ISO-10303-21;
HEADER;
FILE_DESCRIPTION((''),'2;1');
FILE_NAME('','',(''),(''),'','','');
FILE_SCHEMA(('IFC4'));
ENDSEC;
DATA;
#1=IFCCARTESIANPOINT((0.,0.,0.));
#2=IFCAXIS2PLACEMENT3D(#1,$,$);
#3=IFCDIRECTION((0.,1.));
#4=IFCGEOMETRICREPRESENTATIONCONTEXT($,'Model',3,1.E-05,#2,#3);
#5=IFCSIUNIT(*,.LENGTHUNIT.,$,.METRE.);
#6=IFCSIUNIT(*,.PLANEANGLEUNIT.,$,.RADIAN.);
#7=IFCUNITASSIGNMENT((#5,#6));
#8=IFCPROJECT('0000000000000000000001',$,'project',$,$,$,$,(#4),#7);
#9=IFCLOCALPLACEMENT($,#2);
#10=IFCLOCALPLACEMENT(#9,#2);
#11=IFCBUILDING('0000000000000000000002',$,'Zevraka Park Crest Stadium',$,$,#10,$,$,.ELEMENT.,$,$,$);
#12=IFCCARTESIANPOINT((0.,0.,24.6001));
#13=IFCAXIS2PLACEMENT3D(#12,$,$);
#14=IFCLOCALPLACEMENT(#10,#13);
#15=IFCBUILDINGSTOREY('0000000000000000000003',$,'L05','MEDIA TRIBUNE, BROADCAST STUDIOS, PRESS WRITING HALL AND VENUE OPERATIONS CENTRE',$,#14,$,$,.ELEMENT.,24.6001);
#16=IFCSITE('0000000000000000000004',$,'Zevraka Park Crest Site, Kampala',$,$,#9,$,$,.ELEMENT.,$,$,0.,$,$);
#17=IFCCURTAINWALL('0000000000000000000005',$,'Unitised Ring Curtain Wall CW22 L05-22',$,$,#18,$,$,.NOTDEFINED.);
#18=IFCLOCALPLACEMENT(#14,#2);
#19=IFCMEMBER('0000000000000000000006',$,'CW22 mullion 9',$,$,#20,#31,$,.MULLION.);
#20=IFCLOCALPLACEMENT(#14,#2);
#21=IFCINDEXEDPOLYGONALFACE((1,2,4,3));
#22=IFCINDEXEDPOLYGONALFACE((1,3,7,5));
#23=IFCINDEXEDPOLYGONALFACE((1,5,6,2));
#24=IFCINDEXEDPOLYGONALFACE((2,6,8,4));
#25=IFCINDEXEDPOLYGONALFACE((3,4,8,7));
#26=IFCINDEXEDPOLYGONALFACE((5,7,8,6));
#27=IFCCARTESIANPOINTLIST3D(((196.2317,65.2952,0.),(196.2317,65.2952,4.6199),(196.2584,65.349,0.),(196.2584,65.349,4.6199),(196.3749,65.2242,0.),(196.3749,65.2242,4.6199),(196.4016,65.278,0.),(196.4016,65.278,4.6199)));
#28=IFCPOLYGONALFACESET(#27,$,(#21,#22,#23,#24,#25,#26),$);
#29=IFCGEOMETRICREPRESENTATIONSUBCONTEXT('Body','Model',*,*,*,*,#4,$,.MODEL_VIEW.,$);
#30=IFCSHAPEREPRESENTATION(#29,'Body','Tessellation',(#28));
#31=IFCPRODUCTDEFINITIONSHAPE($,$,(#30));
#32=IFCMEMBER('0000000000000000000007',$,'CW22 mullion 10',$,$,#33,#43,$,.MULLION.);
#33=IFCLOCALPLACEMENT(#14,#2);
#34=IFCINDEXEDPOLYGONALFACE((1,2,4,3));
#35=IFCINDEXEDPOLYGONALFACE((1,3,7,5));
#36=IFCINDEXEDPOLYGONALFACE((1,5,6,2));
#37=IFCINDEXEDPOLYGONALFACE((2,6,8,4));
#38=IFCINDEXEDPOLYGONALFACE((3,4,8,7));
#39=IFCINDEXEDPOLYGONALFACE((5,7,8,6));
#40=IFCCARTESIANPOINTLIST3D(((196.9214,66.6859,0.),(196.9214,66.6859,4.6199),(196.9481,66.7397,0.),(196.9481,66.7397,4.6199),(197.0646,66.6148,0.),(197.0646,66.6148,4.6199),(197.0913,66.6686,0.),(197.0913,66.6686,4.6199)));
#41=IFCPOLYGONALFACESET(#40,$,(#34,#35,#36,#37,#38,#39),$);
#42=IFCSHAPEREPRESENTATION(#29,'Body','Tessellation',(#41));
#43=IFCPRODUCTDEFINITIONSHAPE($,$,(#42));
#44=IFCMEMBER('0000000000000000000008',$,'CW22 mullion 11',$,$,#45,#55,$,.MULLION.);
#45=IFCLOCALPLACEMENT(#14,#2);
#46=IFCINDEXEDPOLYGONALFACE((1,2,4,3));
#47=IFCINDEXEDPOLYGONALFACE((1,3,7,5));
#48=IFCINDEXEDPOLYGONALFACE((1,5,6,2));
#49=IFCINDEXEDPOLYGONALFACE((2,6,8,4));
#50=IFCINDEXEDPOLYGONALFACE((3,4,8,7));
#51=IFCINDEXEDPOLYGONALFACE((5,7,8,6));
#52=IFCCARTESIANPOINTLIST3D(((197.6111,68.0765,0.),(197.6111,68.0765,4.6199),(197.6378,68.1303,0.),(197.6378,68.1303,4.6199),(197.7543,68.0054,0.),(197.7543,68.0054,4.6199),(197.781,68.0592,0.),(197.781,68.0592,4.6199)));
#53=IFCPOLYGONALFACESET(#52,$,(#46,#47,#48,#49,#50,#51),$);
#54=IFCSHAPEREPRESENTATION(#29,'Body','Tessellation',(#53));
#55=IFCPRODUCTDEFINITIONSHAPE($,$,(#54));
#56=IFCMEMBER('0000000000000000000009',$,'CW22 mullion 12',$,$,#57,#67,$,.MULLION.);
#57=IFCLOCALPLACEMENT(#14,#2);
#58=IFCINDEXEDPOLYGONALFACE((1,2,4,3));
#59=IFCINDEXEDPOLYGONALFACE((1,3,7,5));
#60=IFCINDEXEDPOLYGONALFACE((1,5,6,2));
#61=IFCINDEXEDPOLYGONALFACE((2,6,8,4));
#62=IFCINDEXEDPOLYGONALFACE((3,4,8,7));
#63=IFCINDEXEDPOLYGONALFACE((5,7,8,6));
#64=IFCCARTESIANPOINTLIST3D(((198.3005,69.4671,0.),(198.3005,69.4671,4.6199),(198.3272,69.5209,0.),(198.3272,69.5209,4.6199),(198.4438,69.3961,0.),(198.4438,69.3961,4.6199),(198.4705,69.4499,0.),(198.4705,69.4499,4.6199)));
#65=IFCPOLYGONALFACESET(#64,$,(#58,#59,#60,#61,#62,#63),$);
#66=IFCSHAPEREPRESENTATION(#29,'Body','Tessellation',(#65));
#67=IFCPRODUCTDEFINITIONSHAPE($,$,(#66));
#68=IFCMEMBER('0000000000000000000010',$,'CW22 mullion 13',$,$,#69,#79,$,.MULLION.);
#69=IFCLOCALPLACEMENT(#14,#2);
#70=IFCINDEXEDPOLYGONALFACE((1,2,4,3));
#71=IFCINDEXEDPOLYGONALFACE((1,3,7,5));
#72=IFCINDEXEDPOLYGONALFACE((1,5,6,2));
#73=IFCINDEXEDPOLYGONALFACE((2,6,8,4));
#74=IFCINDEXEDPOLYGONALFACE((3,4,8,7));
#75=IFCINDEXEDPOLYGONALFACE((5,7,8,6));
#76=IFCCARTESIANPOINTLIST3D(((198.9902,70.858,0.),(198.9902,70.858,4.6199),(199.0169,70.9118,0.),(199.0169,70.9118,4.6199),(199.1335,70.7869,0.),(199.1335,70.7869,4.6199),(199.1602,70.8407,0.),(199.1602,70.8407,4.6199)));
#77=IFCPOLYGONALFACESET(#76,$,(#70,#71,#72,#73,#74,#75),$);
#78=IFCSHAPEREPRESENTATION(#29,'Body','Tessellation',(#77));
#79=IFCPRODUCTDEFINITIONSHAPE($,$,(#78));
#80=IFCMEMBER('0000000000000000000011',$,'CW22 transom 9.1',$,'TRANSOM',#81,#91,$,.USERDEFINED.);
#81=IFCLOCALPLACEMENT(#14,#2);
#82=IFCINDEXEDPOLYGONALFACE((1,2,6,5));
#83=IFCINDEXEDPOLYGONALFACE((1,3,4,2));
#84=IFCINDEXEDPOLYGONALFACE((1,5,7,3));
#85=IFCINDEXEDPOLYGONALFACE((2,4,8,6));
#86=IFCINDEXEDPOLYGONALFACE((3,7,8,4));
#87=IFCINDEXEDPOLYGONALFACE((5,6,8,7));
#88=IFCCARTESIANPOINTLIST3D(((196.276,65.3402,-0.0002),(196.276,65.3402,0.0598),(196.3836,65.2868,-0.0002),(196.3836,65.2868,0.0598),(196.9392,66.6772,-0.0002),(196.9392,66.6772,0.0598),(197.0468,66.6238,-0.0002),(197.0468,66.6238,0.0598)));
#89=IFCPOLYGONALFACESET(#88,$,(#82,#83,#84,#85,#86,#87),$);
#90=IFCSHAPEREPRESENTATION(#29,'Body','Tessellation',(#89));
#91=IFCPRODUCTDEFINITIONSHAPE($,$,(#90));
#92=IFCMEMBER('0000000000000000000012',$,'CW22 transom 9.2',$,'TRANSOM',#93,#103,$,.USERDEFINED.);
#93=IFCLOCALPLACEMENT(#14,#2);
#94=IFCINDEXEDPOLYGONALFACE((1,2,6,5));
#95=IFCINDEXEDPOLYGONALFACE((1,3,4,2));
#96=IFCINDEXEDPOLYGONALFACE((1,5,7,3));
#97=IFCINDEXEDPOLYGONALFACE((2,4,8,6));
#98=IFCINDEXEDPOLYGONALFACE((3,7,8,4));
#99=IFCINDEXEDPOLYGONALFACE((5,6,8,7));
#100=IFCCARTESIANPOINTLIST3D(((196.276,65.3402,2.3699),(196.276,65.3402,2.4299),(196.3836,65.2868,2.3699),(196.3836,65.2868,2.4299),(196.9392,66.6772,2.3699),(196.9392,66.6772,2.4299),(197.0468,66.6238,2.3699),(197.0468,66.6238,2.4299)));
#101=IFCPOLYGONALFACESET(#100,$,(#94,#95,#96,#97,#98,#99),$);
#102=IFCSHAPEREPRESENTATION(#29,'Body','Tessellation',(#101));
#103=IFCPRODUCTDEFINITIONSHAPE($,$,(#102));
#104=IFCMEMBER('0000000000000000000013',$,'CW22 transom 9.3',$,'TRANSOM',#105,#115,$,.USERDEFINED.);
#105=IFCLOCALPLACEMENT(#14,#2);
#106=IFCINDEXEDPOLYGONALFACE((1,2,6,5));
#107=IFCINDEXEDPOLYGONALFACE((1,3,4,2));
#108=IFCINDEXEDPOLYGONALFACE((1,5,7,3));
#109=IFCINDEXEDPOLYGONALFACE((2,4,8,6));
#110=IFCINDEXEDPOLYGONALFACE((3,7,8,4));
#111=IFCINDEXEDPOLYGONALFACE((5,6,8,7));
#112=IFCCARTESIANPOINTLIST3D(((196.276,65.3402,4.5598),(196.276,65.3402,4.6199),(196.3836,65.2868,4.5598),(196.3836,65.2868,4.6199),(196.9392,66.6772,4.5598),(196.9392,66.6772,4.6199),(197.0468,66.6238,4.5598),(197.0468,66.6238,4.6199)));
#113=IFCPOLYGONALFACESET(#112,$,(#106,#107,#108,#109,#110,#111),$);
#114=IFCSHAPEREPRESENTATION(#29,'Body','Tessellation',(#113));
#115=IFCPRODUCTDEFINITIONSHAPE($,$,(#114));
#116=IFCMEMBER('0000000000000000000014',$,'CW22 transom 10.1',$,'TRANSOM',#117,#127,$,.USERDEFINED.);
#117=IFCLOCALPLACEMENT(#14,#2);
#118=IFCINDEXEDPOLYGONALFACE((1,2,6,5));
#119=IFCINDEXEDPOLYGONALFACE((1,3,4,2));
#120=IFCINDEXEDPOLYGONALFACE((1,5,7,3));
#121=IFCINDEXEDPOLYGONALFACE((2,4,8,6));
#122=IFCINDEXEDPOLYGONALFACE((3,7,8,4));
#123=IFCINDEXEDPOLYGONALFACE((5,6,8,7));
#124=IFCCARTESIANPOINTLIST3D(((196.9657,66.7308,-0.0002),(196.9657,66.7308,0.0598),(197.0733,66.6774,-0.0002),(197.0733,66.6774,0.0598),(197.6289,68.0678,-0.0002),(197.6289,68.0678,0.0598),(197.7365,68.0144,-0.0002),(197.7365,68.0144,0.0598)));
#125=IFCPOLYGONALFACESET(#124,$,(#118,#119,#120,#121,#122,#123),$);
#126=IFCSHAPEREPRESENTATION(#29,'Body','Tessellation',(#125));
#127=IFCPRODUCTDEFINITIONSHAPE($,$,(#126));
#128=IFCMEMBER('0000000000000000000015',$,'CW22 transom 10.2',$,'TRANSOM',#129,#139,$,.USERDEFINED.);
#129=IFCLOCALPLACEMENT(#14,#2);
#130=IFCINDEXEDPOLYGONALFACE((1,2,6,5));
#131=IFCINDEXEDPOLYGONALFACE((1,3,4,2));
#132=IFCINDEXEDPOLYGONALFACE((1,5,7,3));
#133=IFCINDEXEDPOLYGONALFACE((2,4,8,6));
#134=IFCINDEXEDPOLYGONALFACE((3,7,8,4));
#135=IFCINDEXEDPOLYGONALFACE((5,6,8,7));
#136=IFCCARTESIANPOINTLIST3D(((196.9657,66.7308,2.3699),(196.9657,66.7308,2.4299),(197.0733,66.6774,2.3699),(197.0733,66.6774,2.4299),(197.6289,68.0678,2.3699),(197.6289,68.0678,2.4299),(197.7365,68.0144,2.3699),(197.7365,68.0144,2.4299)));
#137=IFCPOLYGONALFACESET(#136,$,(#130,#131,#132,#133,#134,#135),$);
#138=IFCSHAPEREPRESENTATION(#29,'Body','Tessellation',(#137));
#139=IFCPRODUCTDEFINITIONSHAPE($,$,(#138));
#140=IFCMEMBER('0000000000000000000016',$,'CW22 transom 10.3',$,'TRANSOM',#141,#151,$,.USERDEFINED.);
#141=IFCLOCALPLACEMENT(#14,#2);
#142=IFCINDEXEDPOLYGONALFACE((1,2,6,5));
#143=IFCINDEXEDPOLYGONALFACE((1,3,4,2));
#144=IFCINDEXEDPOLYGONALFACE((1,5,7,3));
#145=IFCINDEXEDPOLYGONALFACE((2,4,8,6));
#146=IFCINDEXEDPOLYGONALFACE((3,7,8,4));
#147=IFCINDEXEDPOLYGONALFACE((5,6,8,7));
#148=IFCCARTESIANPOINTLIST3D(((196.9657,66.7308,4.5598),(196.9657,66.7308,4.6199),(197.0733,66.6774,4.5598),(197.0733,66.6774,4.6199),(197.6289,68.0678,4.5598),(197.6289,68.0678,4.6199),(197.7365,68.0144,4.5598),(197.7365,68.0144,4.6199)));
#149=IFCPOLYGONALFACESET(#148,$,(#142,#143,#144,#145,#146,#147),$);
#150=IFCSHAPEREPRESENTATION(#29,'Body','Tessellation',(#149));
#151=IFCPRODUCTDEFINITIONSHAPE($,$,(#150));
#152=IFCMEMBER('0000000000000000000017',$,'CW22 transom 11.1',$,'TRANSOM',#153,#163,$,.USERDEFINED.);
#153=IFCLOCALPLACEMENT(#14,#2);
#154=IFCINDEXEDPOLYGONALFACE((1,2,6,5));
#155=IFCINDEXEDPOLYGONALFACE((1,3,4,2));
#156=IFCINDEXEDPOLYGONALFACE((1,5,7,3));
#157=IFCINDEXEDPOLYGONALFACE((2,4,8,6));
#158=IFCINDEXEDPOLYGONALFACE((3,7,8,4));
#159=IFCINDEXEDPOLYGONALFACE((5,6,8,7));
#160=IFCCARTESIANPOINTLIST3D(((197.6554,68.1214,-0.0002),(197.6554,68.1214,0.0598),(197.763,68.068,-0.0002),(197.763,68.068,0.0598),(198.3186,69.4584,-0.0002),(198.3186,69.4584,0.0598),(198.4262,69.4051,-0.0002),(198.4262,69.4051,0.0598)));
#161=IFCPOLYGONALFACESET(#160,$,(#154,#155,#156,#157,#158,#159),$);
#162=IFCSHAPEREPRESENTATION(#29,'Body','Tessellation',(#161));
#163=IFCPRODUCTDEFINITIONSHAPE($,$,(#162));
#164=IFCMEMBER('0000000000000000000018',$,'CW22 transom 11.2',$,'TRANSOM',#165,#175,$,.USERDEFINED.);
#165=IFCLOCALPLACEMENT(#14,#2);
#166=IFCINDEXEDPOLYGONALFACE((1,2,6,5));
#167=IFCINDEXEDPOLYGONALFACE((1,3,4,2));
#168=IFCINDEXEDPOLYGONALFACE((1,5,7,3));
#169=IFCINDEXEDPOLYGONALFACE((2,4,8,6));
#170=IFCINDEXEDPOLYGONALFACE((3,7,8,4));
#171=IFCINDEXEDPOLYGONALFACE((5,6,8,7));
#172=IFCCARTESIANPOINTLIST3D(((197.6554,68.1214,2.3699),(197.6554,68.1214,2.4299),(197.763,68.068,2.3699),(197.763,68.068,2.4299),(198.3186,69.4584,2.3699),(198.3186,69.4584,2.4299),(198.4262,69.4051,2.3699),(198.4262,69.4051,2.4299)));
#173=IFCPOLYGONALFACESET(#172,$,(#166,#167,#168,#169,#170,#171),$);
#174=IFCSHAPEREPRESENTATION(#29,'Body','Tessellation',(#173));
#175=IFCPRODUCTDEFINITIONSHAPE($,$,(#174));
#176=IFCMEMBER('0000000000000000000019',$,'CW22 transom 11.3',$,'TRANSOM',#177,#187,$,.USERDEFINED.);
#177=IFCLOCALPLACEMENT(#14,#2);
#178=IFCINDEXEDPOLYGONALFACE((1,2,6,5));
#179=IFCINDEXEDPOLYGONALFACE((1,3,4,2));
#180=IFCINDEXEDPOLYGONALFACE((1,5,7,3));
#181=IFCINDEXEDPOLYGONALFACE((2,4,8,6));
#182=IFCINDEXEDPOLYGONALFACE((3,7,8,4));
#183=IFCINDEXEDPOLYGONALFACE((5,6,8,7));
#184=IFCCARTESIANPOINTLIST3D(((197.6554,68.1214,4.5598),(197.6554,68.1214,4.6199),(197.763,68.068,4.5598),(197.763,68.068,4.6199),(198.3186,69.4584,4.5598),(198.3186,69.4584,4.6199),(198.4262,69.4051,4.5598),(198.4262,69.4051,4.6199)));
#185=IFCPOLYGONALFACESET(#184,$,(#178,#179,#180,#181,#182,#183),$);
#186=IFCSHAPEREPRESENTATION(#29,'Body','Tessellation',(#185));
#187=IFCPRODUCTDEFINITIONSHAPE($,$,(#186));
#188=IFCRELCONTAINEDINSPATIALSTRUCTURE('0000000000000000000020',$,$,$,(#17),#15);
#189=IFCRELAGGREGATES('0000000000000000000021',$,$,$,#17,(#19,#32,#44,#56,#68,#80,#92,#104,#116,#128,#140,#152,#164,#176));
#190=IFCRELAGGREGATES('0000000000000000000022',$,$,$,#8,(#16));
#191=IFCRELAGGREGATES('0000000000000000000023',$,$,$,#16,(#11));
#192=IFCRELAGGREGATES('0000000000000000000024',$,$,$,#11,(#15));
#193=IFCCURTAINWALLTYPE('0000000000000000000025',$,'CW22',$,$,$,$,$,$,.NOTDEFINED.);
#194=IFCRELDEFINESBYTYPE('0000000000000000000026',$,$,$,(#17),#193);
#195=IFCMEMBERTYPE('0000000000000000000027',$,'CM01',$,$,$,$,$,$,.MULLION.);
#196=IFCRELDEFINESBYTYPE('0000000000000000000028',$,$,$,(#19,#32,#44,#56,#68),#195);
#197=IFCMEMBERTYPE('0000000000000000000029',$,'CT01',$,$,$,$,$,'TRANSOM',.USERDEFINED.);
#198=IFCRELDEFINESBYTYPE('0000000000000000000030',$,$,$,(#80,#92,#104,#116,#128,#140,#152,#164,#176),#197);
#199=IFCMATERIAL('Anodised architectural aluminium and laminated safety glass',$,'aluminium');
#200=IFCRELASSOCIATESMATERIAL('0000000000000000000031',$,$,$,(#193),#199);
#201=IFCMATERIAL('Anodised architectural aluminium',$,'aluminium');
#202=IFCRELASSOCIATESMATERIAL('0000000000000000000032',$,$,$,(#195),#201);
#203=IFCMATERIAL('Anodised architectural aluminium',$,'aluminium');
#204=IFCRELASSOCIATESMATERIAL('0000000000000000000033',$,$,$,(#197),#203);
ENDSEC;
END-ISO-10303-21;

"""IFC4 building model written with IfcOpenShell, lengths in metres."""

from ifc_helpers import new_model, si_unit, direction, frame, origin, origin_2d, place, context, subcontext, project, spatial, rectangle, extrude, material, material_profile, profile_set, type_object, element, aggregate, save


model = new_model("IFC4")

# Units and contexts
model_context = context("Model", 3, precision=1e-05, world=origin(), true_north=direction((0.0, 1.0)))
body_context = subcontext(model_context, "Body", "Model", "MODEL_VIEW")
ifc_project = project(units=[si_unit("LENGTHUNIT", "METRE"), si_unit("PLANEANGLEUNIT", "RADIAN")], contexts=[model_context])

# Site, building, storey
site_placement = place(None, origin())
site = spatial("IfcSite", under=ifc_project, at=site_placement, Name="Zevraka Park Crest Site, Kampala", CompositionType="ELEMENT", RefElevation=0.0)
building_placement = place(site_placement, origin())
building = spatial("IfcBuilding", under=site, at=building_placement, Name="Zevraka Park Crest Stadium", CompositionType="ELEMENT")
storey_placement = place(building_placement, frame((0.0, 0.0, 24.6001)))
storey = spatial("IfcBuildingStorey", under=building, at=storey_placement, Name="L05", Description="MEDIA TRIBUNE, BROADCAST STUDIOS, PRESS WRITING HALL AND VENUE OPERATIONS CENTRE", CompositionType="ELEMENT", Elevation=24.6001)

# Curtain wall, members
ifc_material_1 = material(Name="Anodised architectural aluminium and laminated safety glass", Category="aluminium")
curtain_wall_type = type_object("IfcCurtainWallType", Name="CW22", PredefinedType="NOTDEFINED", material=ifc_material_1)
curtain_wall_placement = place(storey_placement, origin())
curtain_wall = element("IfcCurtainWall", 1, at=curtain_wall_placement, inside=storey, type_object=curtain_wall_type, Name="Unitised Ring Curtain Wall CW22 L05-22", PredefinedType="NOTDEFINED")
ifc_material_2 = material(Name="Anodised architectural aluminium", Category="aluminium")
ifc_material_profile_1 = material_profile(ifc_material_2, rectangle(XDim=0.1599, YDim=0.0601, at=origin_2d()), Name="ALU MULLION 160x60")
ifc_profile_set_1 = profile_set([ifc_material_profile_1], Name="Anodised architectural aluminium")
member_type_1 = type_object("IfcMemberType", Name="CM01", PredefinedType="MULLION", material=ifc_profile_set_1)
member_1_placement = place(storey_placement, frame((196.3167, 65.2866, 0.0), z_axis=(0.0, 0.0, 1.0), x_axis=(-0.895879, 0.444297, 0.0)))
member_1 = element("IfcMember", 2, at=member_1_placement, type_object=member_type_1, Name="CW22 mullion 9", PredefinedType="MULLION", context=body_context, shape_type="SweptSolid", body=[
    extrude(rectangle(XDim=0.1599, YDim=0.0601, at=origin_2d()), origin(), (0.0, 0.0, 1.0), 4.6199),
])
member_2_placement = place(storey_placement, frame((197.0063, 66.6772, 0.0), z_axis=(0.0, 0.0, 1.0), x_axis=(-0.895879, 0.444297, 0.0)))
member_2 = element("IfcMember", 3, at=member_2_placement, type_object=member_type_1, Name="CW22 mullion 10", PredefinedType="MULLION", context=body_context, shape_type="SweptSolid", body=[
    extrude(rectangle(XDim=0.1599, YDim=0.0601, at=origin_2d()), origin(), (0.0, 0.0, 1.0), 4.6199),
])
member_3_placement = place(storey_placement, frame((197.696, 68.0679, 0.0), z_axis=(0.0, 0.0, 1.0), x_axis=(-0.895879, 0.444297, 0.0)))
member_3 = element("IfcMember", 4, at=member_3_placement, type_object=member_type_1, Name="CW22 mullion 11", PredefinedType="MULLION", context=body_context, shape_type="SweptSolid", body=[
    extrude(rectangle(XDim=0.1599, YDim=0.0601, at=origin_2d()), origin(), (0.0, 0.0, 1.0), 4.6199),
])
member_4_placement = place(storey_placement, frame((198.3855, 69.4585, 0.0), z_axis=(0.0, 0.0, 1.0), x_axis=(-0.895879, 0.444297, 0.0)))
member_4 = element("IfcMember", 5, at=member_4_placement, type_object=member_type_1, Name="CW22 mullion 12", PredefinedType="MULLION", context=body_context, shape_type="SweptSolid", body=[
    extrude(rectangle(XDim=0.1599, YDim=0.0601, at=origin_2d()), origin(), (0.0, 0.0, 1.0), 4.6199),
])
member_5_placement = place(storey_placement, frame((199.0752, 70.8494, 0.0), z_axis=(0.0, 0.0, 1.0), x_axis=(-0.895879, 0.444297, 0.0)))
member_5 = element("IfcMember", 6, at=member_5_placement, type_object=member_type_1, Name="CW22 mullion 13", PredefinedType="MULLION", context=body_context, shape_type="SweptSolid", body=[
    extrude(rectangle(XDim=0.1599, YDim=0.0601, at=origin_2d()), origin(), (0.0, 0.0, 1.0), 4.6199),
])
ifc_material_3 = material(Name="Anodised architectural aluminium", Category="aluminium")
ifc_material_profile_2 = material_profile(ifc_material_3, rectangle(XDim=0.1201, YDim=0.0601, at=origin_2d()), Name="ALU TRANSOM 120x60")
ifc_profile_set_2 = profile_set([ifc_material_profile_2], Name="Anodised architectural aluminium")
member_type_2 = type_object("IfcMemberType", Name="CT01", ElementType="TRANSOM", PredefinedType="USERDEFINED", material=ifc_profile_set_2)
member_6_placement = place(storey_placement, frame((196.3298, 65.3135, 0.0298), z_axis=(0.444332, 0.895862, 0.0), x_axis=(-0.895862, 0.444332, 0.0)))
member_6 = element("IfcMember", 7, at=member_6_placement, type_object=member_type_2, Name="CW22 transom 9.1", ObjectType="TRANSOM", PredefinedType="USERDEFINED", context=body_context, shape_type="SweptSolid", body=[
    extrude(rectangle(XDim=0.1201, YDim=0.0601, at=origin_2d()), origin(), (0.0, 0.0, 1.0), 1.4924),
])
member_7_placement = place(storey_placement, frame((196.3298, 65.3135, 2.3999), z_axis=(0.444332, 0.895862, 0.0), x_axis=(-0.895862, 0.444332, 0.0)))
member_7 = element("IfcMember", 8, at=member_7_placement, type_object=member_type_2, Name="CW22 transom 9.2", ObjectType="TRANSOM", PredefinedType="USERDEFINED", context=body_context, shape_type="SweptSolid", body=[
    extrude(rectangle(XDim=0.1201, YDim=0.0601, at=origin_2d()), origin(), (0.0, 0.0, 1.0), 1.4924),
])
member_8_placement = place(storey_placement, frame((196.3298, 65.3135, 4.5898), z_axis=(0.444332, 0.895862, 0.0), x_axis=(-0.895862, 0.444332, 0.0)))
member_8 = element("IfcMember", 9, at=member_8_placement, type_object=member_type_2, Name="CW22 transom 9.3", ObjectType="TRANSOM", PredefinedType="USERDEFINED", context=body_context, shape_type="SweptSolid", body=[
    extrude(rectangle(XDim=0.1201, YDim=0.0601, at=origin_2d()), origin(), (0.0, 0.0, 1.0), 1.4924),
])
member_9_placement = place(storey_placement, frame((197.0195, 66.7041, 0.0298), z_axis=(0.444332, 0.895862, 0.0), x_axis=(-0.895862, 0.444332, 0.0)))
member_9 = element("IfcMember", 10, at=member_9_placement, type_object=member_type_2, Name="CW22 transom 10.1", ObjectType="TRANSOM", PredefinedType="USERDEFINED", context=body_context, shape_type="SweptSolid", body=[
    extrude(rectangle(XDim=0.1201, YDim=0.0601, at=origin_2d()), origin(), (0.0, 0.0, 1.0), 1.4924),
])
member_10_placement = place(storey_placement, frame((197.0195, 66.7041, 2.3999), z_axis=(0.444332, 0.895862, 0.0), x_axis=(-0.895862, 0.444332, 0.0)))
member_10 = element("IfcMember", 11, at=member_10_placement, type_object=member_type_2, Name="CW22 transom 10.2", ObjectType="TRANSOM", PredefinedType="USERDEFINED", context=body_context, shape_type="SweptSolid", body=[
    extrude(rectangle(XDim=0.1201, YDim=0.0601, at=origin_2d()), origin(), (0.0, 0.0, 1.0), 1.4924),
])
member_11_placement = place(storey_placement, frame((197.0195, 66.7041, 4.5898), z_axis=(0.444332, 0.895862, 0.0), x_axis=(-0.895862, 0.444332, 0.0)))
member_11 = element("IfcMember", 12, at=member_11_placement, type_object=member_type_2, Name="CW22 transom 10.3", ObjectType="TRANSOM", PredefinedType="USERDEFINED", context=body_context, shape_type="SweptSolid", body=[
    extrude(rectangle(XDim=0.1201, YDim=0.0601, at=origin_2d()), origin(), (0.0, 0.0, 1.0), 1.4924),
])
member_12_placement = place(storey_placement, frame((197.7092, 68.0947, 0.0298), z_axis=(0.444332, 0.895862, 0.0), x_axis=(-0.895862, 0.444332, 0.0)))
member_12 = element("IfcMember", 13, at=member_12_placement, type_object=member_type_2, Name="CW22 transom 11.1", ObjectType="TRANSOM", PredefinedType="USERDEFINED", context=body_context, shape_type="SweptSolid", body=[
    extrude(rectangle(XDim=0.1201, YDim=0.0601, at=origin_2d()), origin(), (0.0, 0.0, 1.0), 1.4924),
])
member_13_placement = place(storey_placement, frame((197.7092, 68.0947, 2.3999), z_axis=(0.444332, 0.895862, 0.0), x_axis=(-0.895862, 0.444332, 0.0)))
member_13 = element("IfcMember", 14, at=member_13_placement, type_object=member_type_2, Name="CW22 transom 11.2", ObjectType="TRANSOM", PredefinedType="USERDEFINED", context=body_context, shape_type="SweptSolid", body=[
    extrude(rectangle(XDim=0.1201, YDim=0.0601, at=origin_2d()), origin(), (0.0, 0.0, 1.0), 1.4924),
])
member_14_placement = place(storey_placement, frame((197.7092, 68.0947, 4.5898), z_axis=(0.444332, 0.895862, 0.0), x_axis=(-0.895862, 0.444332, 0.0)))
member_14 = element("IfcMember", 15, at=member_14_placement, type_object=member_type_2, Name="CW22 transom 11.3", ObjectType="TRANSOM", PredefinedType="USERDEFINED", context=body_context, shape_type="SweptSolid", body=[
    extrude(rectangle(XDim=0.1201, YDim=0.0601, at=origin_2d()), origin(), (0.0, 0.0, 1.0), 1.4924),
])
aggregate(curtain_wall, [member_1, member_2, member_3, member_4, member_5, member_6, member_7, member_8, member_9, member_10, member_11, member_12, member_13, member_14])

save(model, "model.ifc")
